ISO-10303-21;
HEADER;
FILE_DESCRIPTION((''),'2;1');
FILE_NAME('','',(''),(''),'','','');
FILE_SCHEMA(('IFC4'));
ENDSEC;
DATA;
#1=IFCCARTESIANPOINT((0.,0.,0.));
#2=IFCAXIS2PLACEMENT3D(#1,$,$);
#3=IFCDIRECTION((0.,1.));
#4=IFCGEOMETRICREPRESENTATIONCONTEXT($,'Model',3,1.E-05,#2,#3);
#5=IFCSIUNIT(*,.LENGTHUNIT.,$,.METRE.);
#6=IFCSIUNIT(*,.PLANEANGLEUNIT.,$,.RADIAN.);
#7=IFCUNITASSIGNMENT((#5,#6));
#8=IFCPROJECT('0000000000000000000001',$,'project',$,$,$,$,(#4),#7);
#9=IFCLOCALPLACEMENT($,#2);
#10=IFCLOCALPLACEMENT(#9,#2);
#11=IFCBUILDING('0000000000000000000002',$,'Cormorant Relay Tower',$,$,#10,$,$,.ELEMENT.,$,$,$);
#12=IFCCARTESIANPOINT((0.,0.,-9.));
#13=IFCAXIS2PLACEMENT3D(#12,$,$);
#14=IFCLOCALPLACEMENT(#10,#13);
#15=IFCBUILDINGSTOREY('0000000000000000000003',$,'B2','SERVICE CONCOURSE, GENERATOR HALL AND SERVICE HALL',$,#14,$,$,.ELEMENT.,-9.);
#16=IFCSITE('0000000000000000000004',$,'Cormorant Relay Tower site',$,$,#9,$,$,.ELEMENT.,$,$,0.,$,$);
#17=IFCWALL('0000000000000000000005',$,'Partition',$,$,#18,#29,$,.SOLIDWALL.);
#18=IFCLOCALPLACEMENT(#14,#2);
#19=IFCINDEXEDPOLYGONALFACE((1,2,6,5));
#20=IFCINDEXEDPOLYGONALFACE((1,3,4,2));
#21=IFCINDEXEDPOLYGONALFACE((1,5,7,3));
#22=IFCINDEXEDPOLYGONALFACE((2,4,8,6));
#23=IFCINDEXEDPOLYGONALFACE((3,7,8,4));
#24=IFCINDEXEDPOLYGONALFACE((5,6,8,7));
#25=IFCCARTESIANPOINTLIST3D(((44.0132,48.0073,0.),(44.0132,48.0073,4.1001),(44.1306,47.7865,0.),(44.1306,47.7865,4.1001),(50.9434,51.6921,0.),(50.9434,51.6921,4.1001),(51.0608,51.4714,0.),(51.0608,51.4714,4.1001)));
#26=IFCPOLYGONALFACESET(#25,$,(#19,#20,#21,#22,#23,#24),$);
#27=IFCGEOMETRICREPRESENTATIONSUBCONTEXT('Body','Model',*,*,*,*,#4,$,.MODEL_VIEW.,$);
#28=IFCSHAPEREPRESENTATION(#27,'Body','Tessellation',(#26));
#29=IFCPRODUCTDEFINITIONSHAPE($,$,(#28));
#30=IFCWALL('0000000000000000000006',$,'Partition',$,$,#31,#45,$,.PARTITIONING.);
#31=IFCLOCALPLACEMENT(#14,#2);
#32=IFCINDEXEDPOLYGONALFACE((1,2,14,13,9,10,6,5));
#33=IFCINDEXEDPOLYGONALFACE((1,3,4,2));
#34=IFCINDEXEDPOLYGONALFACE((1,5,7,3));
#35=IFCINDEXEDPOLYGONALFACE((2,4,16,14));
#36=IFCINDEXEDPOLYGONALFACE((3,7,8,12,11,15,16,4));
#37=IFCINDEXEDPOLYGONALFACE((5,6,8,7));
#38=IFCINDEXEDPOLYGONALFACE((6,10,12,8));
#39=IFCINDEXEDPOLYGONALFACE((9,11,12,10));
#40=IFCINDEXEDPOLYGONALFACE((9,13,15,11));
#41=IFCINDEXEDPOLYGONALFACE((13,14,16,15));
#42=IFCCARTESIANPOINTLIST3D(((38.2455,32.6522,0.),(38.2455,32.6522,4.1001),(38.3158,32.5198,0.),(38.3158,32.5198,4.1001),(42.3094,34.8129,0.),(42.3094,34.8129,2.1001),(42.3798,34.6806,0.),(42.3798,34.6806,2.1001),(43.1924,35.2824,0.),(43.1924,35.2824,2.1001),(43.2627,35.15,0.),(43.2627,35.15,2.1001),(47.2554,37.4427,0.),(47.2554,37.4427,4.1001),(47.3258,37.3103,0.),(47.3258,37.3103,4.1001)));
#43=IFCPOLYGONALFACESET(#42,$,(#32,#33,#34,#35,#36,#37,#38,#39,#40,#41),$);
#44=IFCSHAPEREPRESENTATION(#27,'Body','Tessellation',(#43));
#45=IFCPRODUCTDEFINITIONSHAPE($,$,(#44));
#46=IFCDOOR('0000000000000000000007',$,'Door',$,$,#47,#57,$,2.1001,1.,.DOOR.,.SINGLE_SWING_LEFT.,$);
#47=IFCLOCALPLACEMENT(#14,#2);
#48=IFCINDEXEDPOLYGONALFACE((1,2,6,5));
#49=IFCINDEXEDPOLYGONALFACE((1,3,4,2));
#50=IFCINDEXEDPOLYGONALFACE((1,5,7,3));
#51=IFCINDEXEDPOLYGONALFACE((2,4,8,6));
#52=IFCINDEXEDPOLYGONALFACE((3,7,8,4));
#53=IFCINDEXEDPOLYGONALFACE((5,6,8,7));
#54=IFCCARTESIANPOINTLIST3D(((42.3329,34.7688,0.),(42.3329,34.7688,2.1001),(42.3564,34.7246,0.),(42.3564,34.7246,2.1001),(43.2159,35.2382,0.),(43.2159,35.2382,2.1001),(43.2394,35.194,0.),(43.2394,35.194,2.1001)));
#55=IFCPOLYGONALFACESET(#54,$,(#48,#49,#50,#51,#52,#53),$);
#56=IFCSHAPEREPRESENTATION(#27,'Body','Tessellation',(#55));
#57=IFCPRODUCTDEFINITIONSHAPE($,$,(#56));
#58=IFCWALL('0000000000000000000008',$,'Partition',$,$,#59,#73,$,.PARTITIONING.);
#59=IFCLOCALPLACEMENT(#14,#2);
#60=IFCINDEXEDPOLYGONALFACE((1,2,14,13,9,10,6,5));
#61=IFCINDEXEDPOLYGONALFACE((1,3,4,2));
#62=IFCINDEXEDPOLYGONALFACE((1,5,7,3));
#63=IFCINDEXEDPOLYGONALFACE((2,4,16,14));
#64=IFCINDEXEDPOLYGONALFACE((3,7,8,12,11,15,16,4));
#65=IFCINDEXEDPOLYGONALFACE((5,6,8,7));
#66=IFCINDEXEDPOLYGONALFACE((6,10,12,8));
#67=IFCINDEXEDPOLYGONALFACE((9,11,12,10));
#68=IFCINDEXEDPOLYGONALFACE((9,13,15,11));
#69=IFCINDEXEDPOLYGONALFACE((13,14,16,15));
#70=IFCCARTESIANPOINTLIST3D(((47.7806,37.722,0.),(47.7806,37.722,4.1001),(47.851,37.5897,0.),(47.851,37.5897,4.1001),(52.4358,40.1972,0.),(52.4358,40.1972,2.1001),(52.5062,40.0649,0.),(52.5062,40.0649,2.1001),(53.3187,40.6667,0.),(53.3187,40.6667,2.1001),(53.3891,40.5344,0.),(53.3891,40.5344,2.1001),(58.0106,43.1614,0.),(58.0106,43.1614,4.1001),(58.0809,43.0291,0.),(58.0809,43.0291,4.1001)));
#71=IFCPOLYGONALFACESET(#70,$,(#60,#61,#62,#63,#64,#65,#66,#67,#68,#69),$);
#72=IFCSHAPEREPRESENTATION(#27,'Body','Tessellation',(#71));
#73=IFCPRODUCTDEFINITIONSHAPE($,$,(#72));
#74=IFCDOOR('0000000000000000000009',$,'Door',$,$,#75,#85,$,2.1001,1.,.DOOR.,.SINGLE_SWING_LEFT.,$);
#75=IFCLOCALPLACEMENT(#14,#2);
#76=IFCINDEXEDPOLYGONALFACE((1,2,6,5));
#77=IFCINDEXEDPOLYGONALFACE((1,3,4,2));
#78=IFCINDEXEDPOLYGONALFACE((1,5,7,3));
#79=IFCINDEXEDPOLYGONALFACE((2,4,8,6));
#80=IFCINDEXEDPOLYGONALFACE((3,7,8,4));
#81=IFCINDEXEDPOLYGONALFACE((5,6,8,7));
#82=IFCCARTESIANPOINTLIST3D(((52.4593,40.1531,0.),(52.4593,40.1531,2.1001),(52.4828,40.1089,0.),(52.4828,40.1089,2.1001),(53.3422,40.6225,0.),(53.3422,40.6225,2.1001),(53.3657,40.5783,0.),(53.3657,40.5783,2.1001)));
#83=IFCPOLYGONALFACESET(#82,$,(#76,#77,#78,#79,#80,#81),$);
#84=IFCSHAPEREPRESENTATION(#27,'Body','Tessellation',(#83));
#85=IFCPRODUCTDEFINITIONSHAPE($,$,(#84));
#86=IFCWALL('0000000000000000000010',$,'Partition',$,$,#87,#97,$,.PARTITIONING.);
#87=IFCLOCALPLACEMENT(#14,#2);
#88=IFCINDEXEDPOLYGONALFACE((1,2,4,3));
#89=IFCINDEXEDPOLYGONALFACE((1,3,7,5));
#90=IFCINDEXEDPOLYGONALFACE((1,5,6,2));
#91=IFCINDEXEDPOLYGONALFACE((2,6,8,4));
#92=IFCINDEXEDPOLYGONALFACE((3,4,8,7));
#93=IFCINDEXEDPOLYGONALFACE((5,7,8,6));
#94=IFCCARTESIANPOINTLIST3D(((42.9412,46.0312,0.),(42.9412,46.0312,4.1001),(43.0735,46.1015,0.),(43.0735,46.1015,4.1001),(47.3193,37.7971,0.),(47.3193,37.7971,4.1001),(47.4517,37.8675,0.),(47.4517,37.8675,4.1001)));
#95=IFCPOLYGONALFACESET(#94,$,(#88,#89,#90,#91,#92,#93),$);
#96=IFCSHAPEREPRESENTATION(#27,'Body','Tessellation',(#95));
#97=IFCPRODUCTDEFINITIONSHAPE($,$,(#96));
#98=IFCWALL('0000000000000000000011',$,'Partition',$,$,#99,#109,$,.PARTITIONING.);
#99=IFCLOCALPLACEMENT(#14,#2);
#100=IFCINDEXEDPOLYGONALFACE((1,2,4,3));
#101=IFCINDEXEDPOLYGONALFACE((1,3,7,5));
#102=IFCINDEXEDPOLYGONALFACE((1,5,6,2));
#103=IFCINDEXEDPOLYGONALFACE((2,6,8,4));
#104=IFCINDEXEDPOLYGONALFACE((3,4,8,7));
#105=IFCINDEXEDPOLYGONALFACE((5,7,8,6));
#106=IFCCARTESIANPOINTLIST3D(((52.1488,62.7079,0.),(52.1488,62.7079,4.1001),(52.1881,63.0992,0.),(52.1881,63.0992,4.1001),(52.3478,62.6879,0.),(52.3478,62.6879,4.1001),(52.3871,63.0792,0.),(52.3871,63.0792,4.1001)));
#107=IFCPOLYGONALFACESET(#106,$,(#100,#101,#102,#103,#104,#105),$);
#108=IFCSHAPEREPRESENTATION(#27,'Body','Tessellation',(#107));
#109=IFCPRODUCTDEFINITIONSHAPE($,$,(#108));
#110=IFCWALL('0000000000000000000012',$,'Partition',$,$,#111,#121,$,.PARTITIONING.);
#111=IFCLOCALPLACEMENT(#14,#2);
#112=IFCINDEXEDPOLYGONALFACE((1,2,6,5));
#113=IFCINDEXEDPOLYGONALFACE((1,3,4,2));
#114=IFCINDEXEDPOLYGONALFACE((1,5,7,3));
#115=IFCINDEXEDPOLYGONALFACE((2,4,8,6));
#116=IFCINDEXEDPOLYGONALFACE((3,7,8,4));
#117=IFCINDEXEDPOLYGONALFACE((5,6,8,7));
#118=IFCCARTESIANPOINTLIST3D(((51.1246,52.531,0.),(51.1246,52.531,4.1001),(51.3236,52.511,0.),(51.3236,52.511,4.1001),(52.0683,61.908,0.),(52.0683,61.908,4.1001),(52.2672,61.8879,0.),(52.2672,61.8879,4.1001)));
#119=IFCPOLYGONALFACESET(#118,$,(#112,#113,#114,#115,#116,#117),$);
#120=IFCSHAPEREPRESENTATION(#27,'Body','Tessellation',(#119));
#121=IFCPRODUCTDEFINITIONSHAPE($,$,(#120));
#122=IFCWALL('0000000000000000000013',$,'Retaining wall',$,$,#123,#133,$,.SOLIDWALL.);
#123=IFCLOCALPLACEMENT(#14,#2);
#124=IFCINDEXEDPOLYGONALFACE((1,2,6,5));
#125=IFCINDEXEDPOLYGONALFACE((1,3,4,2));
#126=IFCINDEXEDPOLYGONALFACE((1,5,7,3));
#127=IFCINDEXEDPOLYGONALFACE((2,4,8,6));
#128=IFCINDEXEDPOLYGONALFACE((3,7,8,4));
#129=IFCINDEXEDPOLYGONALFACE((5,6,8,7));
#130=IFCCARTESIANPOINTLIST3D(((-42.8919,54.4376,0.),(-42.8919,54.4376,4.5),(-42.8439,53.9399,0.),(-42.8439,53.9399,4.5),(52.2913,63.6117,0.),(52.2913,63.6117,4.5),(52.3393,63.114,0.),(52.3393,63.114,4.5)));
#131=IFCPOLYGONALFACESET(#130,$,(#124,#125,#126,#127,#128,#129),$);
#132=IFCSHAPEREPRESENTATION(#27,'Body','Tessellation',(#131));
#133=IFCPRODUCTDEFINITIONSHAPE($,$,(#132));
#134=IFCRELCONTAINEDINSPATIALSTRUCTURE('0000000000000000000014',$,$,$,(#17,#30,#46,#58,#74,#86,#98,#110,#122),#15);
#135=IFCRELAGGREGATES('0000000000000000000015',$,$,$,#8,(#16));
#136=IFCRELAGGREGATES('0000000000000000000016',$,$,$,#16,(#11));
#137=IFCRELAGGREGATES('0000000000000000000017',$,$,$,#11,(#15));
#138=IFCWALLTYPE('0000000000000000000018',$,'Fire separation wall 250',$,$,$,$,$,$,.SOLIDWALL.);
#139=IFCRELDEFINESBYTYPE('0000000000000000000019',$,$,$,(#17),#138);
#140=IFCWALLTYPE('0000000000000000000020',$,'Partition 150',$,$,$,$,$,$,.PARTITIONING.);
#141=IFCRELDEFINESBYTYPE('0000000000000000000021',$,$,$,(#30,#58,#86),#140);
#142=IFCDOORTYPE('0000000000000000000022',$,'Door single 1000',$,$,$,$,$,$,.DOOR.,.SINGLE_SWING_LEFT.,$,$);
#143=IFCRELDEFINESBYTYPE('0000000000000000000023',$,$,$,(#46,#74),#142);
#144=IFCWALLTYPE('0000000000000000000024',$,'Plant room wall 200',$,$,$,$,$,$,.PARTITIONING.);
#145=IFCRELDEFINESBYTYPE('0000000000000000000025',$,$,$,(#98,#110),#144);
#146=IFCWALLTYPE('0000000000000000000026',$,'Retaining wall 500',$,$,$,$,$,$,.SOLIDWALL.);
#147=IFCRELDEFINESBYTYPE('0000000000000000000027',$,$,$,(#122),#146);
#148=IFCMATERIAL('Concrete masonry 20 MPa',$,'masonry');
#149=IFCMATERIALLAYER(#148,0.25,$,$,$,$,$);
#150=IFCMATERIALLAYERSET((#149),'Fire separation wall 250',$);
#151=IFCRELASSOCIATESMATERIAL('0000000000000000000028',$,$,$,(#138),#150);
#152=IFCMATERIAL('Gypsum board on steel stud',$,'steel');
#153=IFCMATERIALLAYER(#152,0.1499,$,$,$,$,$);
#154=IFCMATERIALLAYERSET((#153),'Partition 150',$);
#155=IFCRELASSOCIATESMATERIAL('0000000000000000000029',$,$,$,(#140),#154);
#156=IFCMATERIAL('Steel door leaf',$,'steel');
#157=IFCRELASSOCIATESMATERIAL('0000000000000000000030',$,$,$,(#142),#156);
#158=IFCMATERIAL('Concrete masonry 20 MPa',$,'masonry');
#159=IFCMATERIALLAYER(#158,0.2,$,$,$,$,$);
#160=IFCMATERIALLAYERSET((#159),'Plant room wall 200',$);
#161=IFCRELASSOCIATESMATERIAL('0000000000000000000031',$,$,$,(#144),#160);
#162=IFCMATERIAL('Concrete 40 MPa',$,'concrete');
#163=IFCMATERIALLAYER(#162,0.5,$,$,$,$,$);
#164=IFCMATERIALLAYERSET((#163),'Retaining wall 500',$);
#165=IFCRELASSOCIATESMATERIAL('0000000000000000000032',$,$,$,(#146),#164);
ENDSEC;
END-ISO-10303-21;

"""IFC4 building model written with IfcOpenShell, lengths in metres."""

from ifc_helpers import new_model, si_unit, direction, frame, frame_2d, origin, place, context, subcontext, project, spatial, rectangle, extrude, material, layer, layer_set, type_object, element, fill, save


model = new_model("IFC4")

# Units and contexts
model_context = context("Model", 3, precision=1e-05, world=origin(), true_north=direction((0.0, 1.0)))
body_context = subcontext(model_context, "Body", "Model", "MODEL_VIEW")
ifc_project = project(units=[si_unit("LENGTHUNIT", "METRE"), si_unit("PLANEANGLEUNIT", "RADIAN")], contexts=[model_context])

# Site, building, storey
site_placement = place(None, origin())
site = spatial("IfcSite", under=ifc_project, at=site_placement, Name="Cormorant Relay Tower site", CompositionType="ELEMENT", RefElevation=0.0)
building_placement = place(site_placement, origin())
building = spatial("IfcBuilding", under=site, at=building_placement, Name="Cormorant Relay Tower", CompositionType="ELEMENT")
storey_placement = place(building_placement, frame((0.0, 0.0, -9.0)))
storey = spatial("IfcBuildingStorey", under=building, at=storey_placement, Name="B2", Description="SERVICE CONCOURSE, GENERATOR HALL AND SERVICE HALL", CompositionType="ELEMENT", Elevation=-9.0)

# Wall
ifc_material_1 = material(Name="Concrete masonry 20 MPa", Category="masonry")
ifc_layer_1 = layer(ifc_material_1, 0.25)
ifc_layer_set_1 = layer_set([ifc_layer_1], Name="Fire separation wall 250")
wall_type_1 = type_object("IfcWallType", Name="Fire separation wall 250", PredefinedType="SOLIDWALL", material=ifc_layer_set_1)
wall_1_placement = place(storey_placement, frame((44.072, 47.897, 0.0), z_axis=(0.0, 0.0, 1.0), x_axis=(0.882949, 0.469469, 0.0)))
element("IfcWall", 1, at=wall_1_placement, inside=storey, type_object=wall_type_1, Name="Partition", PredefinedType="SOLIDWALL", context=body_context, shape_type="SweptSolid", body=[
    extrude(rectangle(XDim=7.8489, YDim=0.25, at=frame_2d((3.9243, 0.0))), origin(), (0.0, 0.0, 1.0), 4.1001),
])

# Walls, openings, doors
ifc_material_2 = material(Name="Gypsum board on steel stud", Category="steel")
ifc_layer_2 = layer(ifc_material_2, 0.1499)
ifc_layer_set_2 = layer_set([ifc_layer_2], Name="Partition 150")
wall_type_2 = type_object("IfcWallType", Name="Partition 150", PredefinedType="PARTITIONING", material=ifc_layer_set_2)
wall_2_placement = place(storey_placement, frame((47.2905, 37.3765, 0.0), z_axis=(0.0, 0.0, 1.0), x_axis=(-0.882955, -0.469458, 0.0)))
wall_2 = element("IfcWall", 2, at=wall_2_placement, inside=storey, type_object=wall_type_2, Name="Partition", PredefinedType="PARTITIONING", context=body_context, shape_type="SweptSolid", body=[
    extrude(rectangle(XDim=10.2043, YDim=0.1499, at=frame_2d((5.1021, 0.0))), origin(), (0.0, 0.0, 1.0), 4.1001),
])
opening_1_placement = place(wall_2_placement, frame((4.6016, 0.0, 0.0)))
opening_1 = element("IfcOpeningElement", 3, at=opening_1_placement, cuts=wall_2, PredefinedType="OPENING", context=body_context, shape_type="SweptSolid", body=[
    extrude(rectangle(XDim=1.0, YDim=2.1001, at=frame_2d((0.5, 1.05))), frame((0.0, 0.085, 0.0), z_axis=(0.0, -1.0, 0.0), x_axis=(1.0, 0.0, 0.0)), (0.0, 0.0, 1.0), 0.1699),
])
ifc_material_3 = material(Name="Steel door leaf", Category="steel")
door_type = type_object("IfcDoorType", Name="Door single 1000", OperationType="SINGLE_SWING_LEFT", PredefinedType="DOOR", material=ifc_material_3)
door_1_placement = place(opening_1_placement, frame((1.0, 0.0, 0.0), z_axis=(0.0, 0.0, 1.0), x_axis=(-1.0, 0.0, 0.0)))
door_1 = element("IfcDoor", 4, at=door_1_placement, inside=storey, type_object=door_type, Name="Door", OperationType="SINGLE_SWING_LEFT", OverallHeight=2.1001, OverallWidth=1.0, PredefinedType="DOOR", context=body_context, shape_type="SweptSolid", body=[
    extrude(rectangle(XDim=1.0, YDim=2.1001, at=frame_2d((0.5, 1.05))), frame((0.0, 0.0249, 0.0), z_axis=(0.0, -1.0, 0.0), x_axis=(1.0, 0.0, 0.0)), (0.0, 0.0, 1.0), 0.05),
])
fill(opening_1, door_1)
wall_3_placement = place(storey_placement, frame((58.0457, 43.0952, 0.0), z_axis=(0.0, 0.0, 1.0), x_axis=(-0.882945, -0.469477, 0.0)))
wall_3 = element("IfcWall", 5, at=wall_3_placement, inside=storey, type_object=wall_type_2, Name="Partition", PredefinedType="PARTITIONING", context=body_context, shape_type="SweptSolid", body=[
    extrude(rectangle(XDim=11.5862, YDim=0.1499, at=frame_2d((5.793, 0.0))), origin(), (0.0, 0.0, 1.0), 4.1001),
])
opening_2_placement = place(wall_3_placement, frame((5.3137, 0.0, 0.0)))
opening_2 = element("IfcOpeningElement", 6, at=opening_2_placement, cuts=wall_3, PredefinedType="OPENING", context=body_context, shape_type="SweptSolid", body=[
    extrude(rectangle(XDim=1.0, YDim=2.1001, at=frame_2d((0.5, 1.05))), frame((0.0, 0.085, 0.0), z_axis=(0.0, -1.0, 0.0), x_axis=(1.0, 0.0, 0.0)), (0.0, 0.0, 1.0), 0.1699),
])
door_2_placement = place(opening_2_placement, frame((1.0, 0.0, 0.0), z_axis=(0.0, 0.0, 1.0), x_axis=(-1.0, 0.0, 0.0)))
door_2 = element("IfcDoor", 7, at=door_2_placement, inside=storey, type_object=door_type, Name="Door", OperationType="SINGLE_SWING_LEFT", OverallHeight=2.1001, OverallWidth=1.0, PredefinedType="DOOR", context=body_context, shape_type="SweptSolid", body=[
    extrude(rectangle(XDim=1.0, YDim=2.1001, at=frame_2d((0.5, 1.05))), frame((0.0, 0.0249, 0.0), z_axis=(0.0, -1.0, 0.0), x_axis=(1.0, 0.0, 0.0)), (0.0, 0.0, 1.0), 0.05),
])
fill(opening_2, door_2)

# Walls
wall_4_placement = place(storey_placement, frame((47.3855, 37.8323, 0.0), z_axis=(0.0, 0.0, 1.0), x_axis=(-0.469472, 0.882947, 0.0)))
element("IfcWall", 8, at=wall_4_placement, inside=storey, type_object=wall_type_2, Name="Partition", PredefinedType="PARTITIONING", context=body_context, shape_type="SweptSolid", body=[
    extrude(rectangle(XDim=9.3257, YDim=0.1499, at=frame_2d((4.6628, 0.0))), origin(), (0.0, 0.0, 1.0), 4.1001),
])
ifc_material_4 = material(Name="Concrete masonry 20 MPa", Category="masonry")
ifc_layer_3 = layer(ifc_material_4, 0.2)
ifc_layer_set_3 = layer_set([ifc_layer_3], Name="Plant room wall 200")
wall_type_3 = type_object("IfcWallType", Name="Plant room wall 200", PredefinedType="PARTITIONING", material=ifc_layer_set_3)
wall_5_placement = place(storey_placement, frame((52.2876, 63.0894, 0.0), z_axis=(0.0, 0.0, 1.0), x_axis=(-0.099934, -0.994994, 0.0)))
element("IfcWall", 9, at=wall_5_placement, inside=storey, type_object=wall_type_3, Name="Partition", PredefinedType="PARTITIONING", context=body_context, shape_type="SweptSolid", body=[
    extrude(rectangle(XDim=0.3933, YDim=0.2, at=frame_2d((0.1968, 0.0))), origin(), (0.0, 0.0, 1.0), 4.1001),
])
wall_6_placement = place(storey_placement, frame((52.1677, 61.8979, 0.0), z_axis=(0.0, 0.0, 1.0), x_axis=(-0.100124, -0.994975, 0.0)))
element("IfcWall", 10, at=wall_6_placement, inside=storey, type_object=wall_type_3, Name="Partition", PredefinedType="PARTITIONING", context=body_context, shape_type="SweptSolid", body=[
    extrude(rectangle(XDim=9.4243, YDim=0.2, at=frame_2d((4.7122, 0.0))), origin(), (0.0, 0.0, 1.0), 4.1001),
])
ifc_material_5 = material(Name="Concrete 40 MPa", Category="concrete")
ifc_layer_4 = layer(ifc_material_5, 0.5)
ifc_layer_set_4 = layer_set([ifc_layer_4], Name="Retaining wall 500")
wall_type_4 = type_object("IfcWallType", Name="Retaining wall 500", PredefinedType="SOLIDWALL", material=ifc_layer_set_4)
wall_7_placement = place(storey_placement, frame((52.3152, 63.3628, 0.0), z_axis=(0.0, 0.0, 1.0), x_axis=(-0.995387, -0.095939, 0.0)))
element("IfcWall", 11, at=wall_7_placement, inside=storey, type_object=wall_type_4, Name="Retaining wall", PredefinedType="SOLIDWALL", context=body_context, shape_type="SweptSolid", body=[
    extrude(rectangle(XDim=95.6243, YDim=0.5, at=frame_2d((47.812, 0.0))), origin(), (0.0, 0.0, 1.0), 4.5),
])

save(model, "model.ifc")
